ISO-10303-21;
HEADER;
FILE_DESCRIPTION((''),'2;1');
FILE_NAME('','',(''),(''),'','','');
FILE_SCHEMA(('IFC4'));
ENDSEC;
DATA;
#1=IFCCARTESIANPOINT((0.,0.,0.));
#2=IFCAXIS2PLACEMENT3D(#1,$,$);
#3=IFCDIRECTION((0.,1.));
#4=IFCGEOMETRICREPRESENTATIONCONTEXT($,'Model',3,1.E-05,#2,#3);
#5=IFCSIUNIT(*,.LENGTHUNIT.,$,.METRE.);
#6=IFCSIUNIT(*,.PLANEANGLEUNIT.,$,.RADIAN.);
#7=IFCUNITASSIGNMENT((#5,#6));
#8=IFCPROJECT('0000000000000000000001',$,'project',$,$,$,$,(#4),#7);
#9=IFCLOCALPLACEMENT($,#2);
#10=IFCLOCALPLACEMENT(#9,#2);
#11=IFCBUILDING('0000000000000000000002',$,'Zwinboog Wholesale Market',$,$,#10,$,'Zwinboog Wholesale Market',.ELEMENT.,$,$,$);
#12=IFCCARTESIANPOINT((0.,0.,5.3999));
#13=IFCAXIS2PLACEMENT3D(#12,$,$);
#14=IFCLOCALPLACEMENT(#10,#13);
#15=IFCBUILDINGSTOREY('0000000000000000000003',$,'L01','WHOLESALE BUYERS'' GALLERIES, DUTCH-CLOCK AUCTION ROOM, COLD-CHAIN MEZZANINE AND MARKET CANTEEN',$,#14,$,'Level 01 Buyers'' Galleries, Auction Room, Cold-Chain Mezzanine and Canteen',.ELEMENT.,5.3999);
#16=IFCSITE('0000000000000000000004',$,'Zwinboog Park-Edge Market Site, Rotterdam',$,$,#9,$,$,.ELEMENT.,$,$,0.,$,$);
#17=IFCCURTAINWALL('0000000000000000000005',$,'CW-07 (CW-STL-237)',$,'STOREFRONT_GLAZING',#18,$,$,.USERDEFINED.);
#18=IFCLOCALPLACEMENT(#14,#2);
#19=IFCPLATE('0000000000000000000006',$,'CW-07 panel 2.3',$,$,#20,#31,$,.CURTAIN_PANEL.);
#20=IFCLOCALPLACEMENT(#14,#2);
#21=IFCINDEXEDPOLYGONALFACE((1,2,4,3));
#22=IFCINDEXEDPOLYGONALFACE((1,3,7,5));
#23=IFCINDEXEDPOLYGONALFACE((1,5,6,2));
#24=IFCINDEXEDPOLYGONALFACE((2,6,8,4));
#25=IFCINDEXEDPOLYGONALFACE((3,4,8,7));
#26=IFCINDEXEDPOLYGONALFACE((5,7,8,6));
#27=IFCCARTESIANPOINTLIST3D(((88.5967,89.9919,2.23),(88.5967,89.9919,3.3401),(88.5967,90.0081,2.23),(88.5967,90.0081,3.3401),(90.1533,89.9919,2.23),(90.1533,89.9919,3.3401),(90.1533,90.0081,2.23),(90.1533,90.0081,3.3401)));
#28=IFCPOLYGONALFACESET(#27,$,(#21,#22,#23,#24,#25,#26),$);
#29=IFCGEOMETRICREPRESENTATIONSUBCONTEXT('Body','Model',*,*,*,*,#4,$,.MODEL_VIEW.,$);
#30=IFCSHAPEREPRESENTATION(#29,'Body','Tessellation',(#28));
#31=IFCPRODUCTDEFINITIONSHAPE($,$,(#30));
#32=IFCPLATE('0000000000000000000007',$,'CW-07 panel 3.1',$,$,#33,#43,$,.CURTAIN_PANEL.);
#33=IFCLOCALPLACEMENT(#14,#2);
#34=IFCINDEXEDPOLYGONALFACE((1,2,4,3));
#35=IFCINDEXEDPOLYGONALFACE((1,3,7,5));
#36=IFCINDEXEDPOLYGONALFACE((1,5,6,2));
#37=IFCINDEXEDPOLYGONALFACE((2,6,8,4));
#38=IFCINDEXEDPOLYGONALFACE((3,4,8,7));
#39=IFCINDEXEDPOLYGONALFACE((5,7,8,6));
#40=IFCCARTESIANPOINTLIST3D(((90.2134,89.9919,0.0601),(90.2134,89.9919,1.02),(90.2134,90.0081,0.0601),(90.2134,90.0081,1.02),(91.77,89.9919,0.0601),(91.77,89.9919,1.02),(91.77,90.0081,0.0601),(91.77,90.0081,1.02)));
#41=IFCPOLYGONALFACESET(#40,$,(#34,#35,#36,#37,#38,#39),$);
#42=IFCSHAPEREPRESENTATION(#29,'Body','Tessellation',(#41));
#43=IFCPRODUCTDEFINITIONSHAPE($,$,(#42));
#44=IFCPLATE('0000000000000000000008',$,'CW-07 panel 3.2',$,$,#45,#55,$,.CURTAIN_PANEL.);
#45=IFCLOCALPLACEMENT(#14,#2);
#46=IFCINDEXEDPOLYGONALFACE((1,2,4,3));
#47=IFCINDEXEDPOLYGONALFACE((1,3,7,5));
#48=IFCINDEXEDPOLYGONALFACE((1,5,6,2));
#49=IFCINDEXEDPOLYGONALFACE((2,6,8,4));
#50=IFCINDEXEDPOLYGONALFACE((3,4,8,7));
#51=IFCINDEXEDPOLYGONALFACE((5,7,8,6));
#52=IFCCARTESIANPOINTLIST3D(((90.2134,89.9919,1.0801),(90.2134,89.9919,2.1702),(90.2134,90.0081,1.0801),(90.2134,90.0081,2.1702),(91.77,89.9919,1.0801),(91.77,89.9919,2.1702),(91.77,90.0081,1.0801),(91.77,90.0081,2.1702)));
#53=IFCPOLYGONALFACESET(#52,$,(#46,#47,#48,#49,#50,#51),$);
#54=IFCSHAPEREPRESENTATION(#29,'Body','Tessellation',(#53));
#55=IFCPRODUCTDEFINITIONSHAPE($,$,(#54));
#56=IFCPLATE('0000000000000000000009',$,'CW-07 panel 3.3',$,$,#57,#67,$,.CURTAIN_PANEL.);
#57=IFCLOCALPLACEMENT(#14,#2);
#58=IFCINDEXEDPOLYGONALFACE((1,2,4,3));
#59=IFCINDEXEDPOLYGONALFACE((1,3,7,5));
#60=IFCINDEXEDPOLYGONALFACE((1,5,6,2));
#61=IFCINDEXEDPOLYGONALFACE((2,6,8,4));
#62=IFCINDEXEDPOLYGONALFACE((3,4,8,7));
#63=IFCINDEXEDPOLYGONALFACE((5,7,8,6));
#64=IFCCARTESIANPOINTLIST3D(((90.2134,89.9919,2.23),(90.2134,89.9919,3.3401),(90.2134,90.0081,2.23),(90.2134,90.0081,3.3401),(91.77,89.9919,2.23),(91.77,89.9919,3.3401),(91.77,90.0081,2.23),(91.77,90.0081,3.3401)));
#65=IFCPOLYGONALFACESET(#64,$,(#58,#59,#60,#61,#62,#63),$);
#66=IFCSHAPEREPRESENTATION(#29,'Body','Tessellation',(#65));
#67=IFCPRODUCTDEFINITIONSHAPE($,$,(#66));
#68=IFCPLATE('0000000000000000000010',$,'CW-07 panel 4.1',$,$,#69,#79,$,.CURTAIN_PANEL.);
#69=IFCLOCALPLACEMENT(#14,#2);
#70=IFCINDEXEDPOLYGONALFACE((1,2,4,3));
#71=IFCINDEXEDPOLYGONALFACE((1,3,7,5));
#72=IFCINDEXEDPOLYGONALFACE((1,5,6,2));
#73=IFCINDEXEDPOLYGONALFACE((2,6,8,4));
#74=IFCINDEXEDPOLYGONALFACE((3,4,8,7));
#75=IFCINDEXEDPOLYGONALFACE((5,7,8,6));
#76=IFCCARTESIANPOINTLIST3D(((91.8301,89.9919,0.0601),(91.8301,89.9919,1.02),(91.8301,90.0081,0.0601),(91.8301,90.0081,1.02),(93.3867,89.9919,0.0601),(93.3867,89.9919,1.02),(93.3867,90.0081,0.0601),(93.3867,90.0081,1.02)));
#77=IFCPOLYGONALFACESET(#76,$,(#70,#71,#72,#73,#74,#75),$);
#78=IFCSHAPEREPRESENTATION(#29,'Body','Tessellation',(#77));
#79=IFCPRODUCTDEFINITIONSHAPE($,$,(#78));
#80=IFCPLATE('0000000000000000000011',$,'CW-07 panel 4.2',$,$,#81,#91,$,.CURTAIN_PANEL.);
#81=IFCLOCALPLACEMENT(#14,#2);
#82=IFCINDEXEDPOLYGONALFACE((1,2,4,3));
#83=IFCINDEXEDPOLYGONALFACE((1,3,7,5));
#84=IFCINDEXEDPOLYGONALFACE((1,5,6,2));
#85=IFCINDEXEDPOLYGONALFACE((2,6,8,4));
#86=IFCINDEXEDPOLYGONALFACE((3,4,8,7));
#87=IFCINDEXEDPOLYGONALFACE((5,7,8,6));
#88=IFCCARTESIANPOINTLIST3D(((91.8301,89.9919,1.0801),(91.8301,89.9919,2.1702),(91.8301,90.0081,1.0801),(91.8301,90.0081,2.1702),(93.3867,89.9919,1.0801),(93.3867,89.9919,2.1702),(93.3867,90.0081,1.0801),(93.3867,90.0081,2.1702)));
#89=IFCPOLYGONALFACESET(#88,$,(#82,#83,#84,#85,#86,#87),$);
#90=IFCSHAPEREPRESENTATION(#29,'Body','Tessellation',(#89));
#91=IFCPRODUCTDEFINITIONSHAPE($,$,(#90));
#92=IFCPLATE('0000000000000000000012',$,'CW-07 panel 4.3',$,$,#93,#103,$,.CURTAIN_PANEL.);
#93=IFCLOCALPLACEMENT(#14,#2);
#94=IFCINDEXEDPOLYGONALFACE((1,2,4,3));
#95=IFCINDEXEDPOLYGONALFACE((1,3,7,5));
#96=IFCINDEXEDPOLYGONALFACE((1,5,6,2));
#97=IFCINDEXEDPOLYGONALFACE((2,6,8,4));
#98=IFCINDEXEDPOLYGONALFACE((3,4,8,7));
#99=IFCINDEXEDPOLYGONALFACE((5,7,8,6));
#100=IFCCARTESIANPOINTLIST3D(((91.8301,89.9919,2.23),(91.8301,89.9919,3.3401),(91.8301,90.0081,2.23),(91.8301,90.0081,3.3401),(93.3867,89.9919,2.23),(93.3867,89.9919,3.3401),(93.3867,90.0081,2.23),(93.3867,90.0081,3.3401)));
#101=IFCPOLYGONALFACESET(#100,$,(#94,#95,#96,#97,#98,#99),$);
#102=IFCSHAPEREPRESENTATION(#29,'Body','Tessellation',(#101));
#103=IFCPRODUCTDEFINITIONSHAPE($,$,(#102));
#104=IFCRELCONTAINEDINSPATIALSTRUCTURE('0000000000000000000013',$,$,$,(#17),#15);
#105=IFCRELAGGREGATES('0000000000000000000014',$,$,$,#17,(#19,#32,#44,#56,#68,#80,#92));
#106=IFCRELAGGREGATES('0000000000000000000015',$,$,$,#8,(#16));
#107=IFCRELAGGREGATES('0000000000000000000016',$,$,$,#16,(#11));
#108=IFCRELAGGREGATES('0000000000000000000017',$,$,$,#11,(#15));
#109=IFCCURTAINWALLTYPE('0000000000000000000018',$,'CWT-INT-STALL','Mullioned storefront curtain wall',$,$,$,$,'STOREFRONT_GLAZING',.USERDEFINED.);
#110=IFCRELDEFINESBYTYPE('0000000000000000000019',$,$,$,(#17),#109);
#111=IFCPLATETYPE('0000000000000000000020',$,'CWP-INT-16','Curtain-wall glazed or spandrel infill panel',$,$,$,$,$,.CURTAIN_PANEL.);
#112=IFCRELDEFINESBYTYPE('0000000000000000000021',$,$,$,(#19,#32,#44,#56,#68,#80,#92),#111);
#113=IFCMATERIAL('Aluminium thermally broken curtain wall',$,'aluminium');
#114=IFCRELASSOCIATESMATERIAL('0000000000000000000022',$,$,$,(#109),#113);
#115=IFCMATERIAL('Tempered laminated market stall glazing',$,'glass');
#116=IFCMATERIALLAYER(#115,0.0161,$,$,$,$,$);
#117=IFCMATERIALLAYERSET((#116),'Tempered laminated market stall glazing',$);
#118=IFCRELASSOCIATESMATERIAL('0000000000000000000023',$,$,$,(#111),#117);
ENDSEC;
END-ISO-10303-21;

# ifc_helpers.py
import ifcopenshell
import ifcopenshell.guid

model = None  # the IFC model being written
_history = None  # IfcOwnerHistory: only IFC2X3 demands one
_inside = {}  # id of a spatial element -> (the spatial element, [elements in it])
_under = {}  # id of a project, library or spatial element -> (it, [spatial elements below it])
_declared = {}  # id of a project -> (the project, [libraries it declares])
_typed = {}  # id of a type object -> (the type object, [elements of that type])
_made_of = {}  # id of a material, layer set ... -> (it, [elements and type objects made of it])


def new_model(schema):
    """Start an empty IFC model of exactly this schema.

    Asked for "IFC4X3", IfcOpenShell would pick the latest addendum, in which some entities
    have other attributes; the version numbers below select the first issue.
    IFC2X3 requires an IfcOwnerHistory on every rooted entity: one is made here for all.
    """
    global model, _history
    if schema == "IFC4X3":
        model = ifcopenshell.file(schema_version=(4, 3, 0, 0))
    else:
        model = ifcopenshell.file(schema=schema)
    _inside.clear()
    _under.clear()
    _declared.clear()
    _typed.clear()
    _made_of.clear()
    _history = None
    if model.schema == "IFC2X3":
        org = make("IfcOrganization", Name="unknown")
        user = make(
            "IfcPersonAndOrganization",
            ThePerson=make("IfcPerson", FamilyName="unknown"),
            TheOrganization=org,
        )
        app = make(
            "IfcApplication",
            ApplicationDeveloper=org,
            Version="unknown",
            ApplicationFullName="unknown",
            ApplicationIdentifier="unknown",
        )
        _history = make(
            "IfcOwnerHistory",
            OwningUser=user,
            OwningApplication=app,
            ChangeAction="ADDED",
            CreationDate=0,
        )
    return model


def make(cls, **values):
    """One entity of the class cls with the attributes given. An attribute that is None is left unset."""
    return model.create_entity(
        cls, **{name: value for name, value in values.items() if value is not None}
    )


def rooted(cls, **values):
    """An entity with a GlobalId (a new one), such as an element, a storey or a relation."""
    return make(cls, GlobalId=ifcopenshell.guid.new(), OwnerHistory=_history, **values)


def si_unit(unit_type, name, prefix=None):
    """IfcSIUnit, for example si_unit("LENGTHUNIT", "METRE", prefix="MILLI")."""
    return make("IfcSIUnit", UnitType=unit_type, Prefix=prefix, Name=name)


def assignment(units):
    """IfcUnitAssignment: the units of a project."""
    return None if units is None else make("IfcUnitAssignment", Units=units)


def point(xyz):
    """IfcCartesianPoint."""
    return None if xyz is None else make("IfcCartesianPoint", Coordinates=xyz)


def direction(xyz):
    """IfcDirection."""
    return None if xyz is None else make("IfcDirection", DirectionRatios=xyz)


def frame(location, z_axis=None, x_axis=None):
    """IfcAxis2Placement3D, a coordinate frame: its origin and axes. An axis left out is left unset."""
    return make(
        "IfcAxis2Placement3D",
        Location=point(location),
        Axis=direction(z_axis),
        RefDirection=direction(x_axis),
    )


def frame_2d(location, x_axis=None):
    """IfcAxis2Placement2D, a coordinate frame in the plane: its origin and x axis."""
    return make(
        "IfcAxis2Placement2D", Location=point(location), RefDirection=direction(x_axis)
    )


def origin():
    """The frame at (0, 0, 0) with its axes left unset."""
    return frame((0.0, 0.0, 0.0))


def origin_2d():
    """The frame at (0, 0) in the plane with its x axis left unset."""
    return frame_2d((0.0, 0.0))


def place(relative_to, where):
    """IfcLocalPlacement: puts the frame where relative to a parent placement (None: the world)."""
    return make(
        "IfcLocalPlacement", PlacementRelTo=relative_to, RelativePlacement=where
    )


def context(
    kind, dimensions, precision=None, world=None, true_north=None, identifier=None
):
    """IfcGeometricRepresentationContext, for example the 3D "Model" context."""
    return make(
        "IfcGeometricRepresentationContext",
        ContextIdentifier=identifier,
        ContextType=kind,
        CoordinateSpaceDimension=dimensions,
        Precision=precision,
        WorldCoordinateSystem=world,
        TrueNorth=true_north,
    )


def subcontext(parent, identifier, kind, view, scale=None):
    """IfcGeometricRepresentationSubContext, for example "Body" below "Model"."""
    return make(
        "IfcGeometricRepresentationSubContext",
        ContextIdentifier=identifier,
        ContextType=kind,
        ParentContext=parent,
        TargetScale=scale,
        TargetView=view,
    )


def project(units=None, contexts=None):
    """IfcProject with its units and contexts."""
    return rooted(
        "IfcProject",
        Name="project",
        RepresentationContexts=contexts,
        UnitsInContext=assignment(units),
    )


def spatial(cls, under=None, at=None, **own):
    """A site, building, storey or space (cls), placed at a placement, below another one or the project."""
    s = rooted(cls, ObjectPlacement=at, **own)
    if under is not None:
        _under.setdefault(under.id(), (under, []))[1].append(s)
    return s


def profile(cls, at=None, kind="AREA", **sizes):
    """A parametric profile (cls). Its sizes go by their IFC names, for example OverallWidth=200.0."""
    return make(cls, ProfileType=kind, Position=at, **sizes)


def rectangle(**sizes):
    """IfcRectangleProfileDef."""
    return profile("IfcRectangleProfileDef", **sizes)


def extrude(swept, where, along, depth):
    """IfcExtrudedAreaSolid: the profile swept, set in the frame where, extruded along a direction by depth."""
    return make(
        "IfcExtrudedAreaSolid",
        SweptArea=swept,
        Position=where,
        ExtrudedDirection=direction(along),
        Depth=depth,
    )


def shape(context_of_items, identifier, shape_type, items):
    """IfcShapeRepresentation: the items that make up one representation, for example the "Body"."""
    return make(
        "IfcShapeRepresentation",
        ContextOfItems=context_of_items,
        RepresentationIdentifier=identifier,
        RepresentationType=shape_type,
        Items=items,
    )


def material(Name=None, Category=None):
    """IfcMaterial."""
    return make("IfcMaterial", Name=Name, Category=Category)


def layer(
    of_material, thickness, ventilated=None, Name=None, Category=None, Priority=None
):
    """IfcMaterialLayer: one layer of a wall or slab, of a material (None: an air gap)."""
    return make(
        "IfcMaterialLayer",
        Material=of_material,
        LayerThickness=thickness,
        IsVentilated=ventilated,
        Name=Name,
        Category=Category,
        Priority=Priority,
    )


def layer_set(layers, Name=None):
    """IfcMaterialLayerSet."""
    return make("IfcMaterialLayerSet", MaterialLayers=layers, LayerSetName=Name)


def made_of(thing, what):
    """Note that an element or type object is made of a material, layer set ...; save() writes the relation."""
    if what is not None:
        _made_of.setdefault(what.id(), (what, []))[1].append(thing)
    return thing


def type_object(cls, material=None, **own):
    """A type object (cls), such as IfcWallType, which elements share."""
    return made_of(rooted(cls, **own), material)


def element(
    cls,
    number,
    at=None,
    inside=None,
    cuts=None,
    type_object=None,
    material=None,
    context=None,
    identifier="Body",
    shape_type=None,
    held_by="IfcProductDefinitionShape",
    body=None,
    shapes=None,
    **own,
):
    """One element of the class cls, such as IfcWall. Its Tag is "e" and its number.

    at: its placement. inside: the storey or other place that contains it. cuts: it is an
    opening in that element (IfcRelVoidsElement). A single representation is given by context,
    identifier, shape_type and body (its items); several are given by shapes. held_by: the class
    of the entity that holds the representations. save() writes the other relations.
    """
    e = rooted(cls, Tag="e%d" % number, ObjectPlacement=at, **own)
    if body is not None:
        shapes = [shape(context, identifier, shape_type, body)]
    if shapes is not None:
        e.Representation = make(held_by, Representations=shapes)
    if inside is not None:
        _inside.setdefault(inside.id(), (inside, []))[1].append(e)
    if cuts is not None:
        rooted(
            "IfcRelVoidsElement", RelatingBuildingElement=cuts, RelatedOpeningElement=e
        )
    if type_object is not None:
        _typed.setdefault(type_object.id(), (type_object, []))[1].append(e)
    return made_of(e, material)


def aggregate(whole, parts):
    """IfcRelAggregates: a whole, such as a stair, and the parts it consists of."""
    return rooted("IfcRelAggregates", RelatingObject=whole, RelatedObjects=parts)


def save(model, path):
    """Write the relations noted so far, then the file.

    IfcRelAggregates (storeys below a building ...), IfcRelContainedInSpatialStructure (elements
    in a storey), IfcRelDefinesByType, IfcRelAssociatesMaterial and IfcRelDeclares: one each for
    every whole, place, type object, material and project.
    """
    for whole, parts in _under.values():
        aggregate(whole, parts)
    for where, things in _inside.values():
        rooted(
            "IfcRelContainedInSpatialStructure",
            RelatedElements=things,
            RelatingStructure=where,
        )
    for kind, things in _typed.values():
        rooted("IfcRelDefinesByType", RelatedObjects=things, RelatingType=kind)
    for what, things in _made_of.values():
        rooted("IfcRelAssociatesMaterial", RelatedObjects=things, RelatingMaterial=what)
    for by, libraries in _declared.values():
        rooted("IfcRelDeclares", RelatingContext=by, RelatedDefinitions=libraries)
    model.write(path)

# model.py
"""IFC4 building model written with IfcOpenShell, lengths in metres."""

from ifc_helpers import new_model, si_unit, direction, frame, origin, origin_2d, place, context, subcontext, project, spatial, rectangle, extrude, material, layer, layer_set, type_object, element, aggregate, save


model = new_model("IFC4")

# Units and contexts
model_context = context("Model", 3, precision=1e-05, world=origin(), true_north=direction((0.0, 1.0)))
body_context = subcontext(model_context, "Body", "Model", "MODEL_VIEW")
ifc_project = project(units=[si_unit("LENGTHUNIT", "METRE"), si_unit("PLANEANGLEUNIT", "RADIAN")], contexts=[model_context])

# Site, building, storey
site_placement = place(None, origin())
site = spatial("IfcSite", under=ifc_project, at=site_placement, Name="Zwinboog Park-Edge Market Site, Rotterdam", CompositionType="ELEMENT", RefElevation=0.0)
building_placement = place(site_placement, origin())
building = spatial("IfcBuilding", under=site, at=building_placement, Name="Zwinboog Wholesale Market", LongName="Zwinboog Wholesale Market", CompositionType="ELEMENT")
storey_placement = place(building_placement, frame((0.0, 0.0, 5.3999)))
storey = spatial("IfcBuildingStorey", under=building, at=storey_placement, Name="L01", Description="WHOLESALE BUYERS' GALLERIES, DUTCH-CLOCK AUCTION ROOM, COLD-CHAIN MEZZANINE AND MARKET CANTEEN", LongName="Level 01 Buyers' Galleries, Auction Room, Cold-Chain Mezzanine and Canteen", CompositionType="ELEMENT", Elevation=5.3999)

# Curtain wall, plates
ifc_material_1 = material(Name="Aluminium thermally broken curtain wall", Category="aluminium")
curtain_wall_type = type_object("IfcCurtainWallType", Name="CWT-INT-STALL", Description="Mullioned storefront curtain wall", ElementType="STOREFRONT_GLAZING", PredefinedType="USERDEFINED", material=ifc_material_1)
curtain_wall_placement = place(storey_placement, origin())
curtain_wall = element("IfcCurtainWall", 1, at=curtain_wall_placement, inside=storey, type_object=curtain_wall_type, Name="CW-07 (CW-STL-237)", ObjectType="STOREFRONT_GLAZING", PredefinedType="USERDEFINED")
ifc_material_2 = material(Name="Tempered laminated market stall glazing", Category="glass")
ifc_layer = layer(ifc_material_2, 0.0161)
ifc_layer_set = layer_set([ifc_layer], Name="Tempered laminated market stall glazing")
plate_type = type_object("IfcPlateType", Name="CWP-INT-16", Description="Curtain-wall glazed or spandrel infill panel", PredefinedType="CURTAIN_PANEL", material=ifc_layer_set)
plate_1_placement = place(storey_placement, frame((89.375, 90.0, 2.23), z_axis=(0.0, 0.0, 1.0), x_axis=(1.0, 0.0, 0.0)))
plate_1 = element("IfcPlate", 2, at=plate_1_placement, type_object=plate_type, Name="CW-07 panel 2.3", PredefinedType="CURTAIN_PANEL", context=body_context, shape_type="SweptSolid", body=[
    extrude(rectangle(XDim=1.5566, YDim=0.0161, at=origin_2d()), origin(), (0.0, 0.0, 1.0), 1.1101),
])
plate_2_placement = place(storey_placement, frame((90.9917, 90.0, 0.0601), z_axis=(0.0, 0.0, 1.0), x_axis=(1.0, 0.0, 0.0)))
plate_2 = element("IfcPlate", 3, at=plate_2_placement, type_object=plate_type, Name="CW-07 panel 3.1", PredefinedType="CURTAIN_PANEL", context=body_context, shape_type="SweptSolid", body=[
    extrude(rectangle(XDim=1.5566, YDim=0.0161, at=origin_2d()), origin(), (0.0, 0.0, 1.0), 0.96),
])
plate_3_placement = place(storey_placement, frame((90.9917, 90.0, 1.0801), z_axis=(0.0, 0.0, 1.0), x_axis=(1.0, 0.0, 0.0)))
plate_3 = element("IfcPlate", 4, at=plate_3_placement, type_object=plate_type, Name="CW-07 panel 3.2", PredefinedType="CURTAIN_PANEL", context=body_context, shape_type="SweptSolid", body=[
    extrude(rectangle(XDim=1.5566, YDim=0.0161, at=origin_2d()), origin(), (0.0, 0.0, 1.0), 1.0901),
])
plate_4_placement = place(storey_placement, frame((90.9917, 90.0, 2.23), z_axis=(0.0, 0.0, 1.0), x_axis=(1.0, 0.0, 0.0)))
plate_4 = element("IfcPlate", 5, at=plate_4_placement, type_object=plate_type, Name="CW-07 panel 3.3", PredefinedType="CURTAIN_PANEL", context=body_context, shape_type="SweptSolid", body=[
    extrude(rectangle(XDim=1.5566, YDim=0.0161, at=origin_2d()), origin(), (0.0, 0.0, 1.0), 1.1101),
])
plate_5_placement = place(storey_placement, frame((92.6084, 90.0, 0.0601), z_axis=(0.0, 0.0, 1.0), x_axis=(1.0, 0.0, 0.0)))
plate_5 = element("IfcPlate", 6, at=plate_5_placement, type_object=plate_type, Name="CW-07 panel 4.1", PredefinedType="CURTAIN_PANEL", context=body_context, shape_type="SweptSolid", body=[
    extrude(rectangle(XDim=1.5566, YDim=0.0161, at=origin_2d()), origin(), (0.0, 0.0, 1.0), 0.96),
])
plate_6_placement = place(storey_placement, frame((92.6084, 90.0, 1.0801), z_axis=(0.0, 0.0, 1.0), x_axis=(1.0, 0.0, 0.0)))
plate_6 = element("IfcPlate", 7, at=plate_6_placement, type_object=plate_type, Name="CW-07 panel 4.2", PredefinedType="CURTAIN_PANEL", context=body_context, shape_type="SweptSolid", body=[
    extrude(rectangle(XDim=1.5566, YDim=0.0161, at=origin_2d()), origin(), (0.0, 0.0, 1.0), 1.0901),
])
plate_7_placement = place(storey_placement, frame((92.6084, 90.0, 2.23), z_axis=(0.0, 0.0, 1.0), x_axis=(1.0, 0.0, 0.0)))
plate_7 = element("IfcPlate", 8, at=plate_7_placement, type_object=plate_type, Name="CW-07 panel 4.3", PredefinedType="CURTAIN_PANEL", context=body_context, shape_type="SweptSolid", body=[
    extrude(rectangle(XDim=1.5566, YDim=0.0161, at=origin_2d()), origin(), (0.0, 0.0, 1.0), 1.1101),
])
aggregate(curtain_wall, [plate_1, plate_2, plate_3, plate_4, plate_5, plate_6, plate_7])

save(model, "model.ifc")
